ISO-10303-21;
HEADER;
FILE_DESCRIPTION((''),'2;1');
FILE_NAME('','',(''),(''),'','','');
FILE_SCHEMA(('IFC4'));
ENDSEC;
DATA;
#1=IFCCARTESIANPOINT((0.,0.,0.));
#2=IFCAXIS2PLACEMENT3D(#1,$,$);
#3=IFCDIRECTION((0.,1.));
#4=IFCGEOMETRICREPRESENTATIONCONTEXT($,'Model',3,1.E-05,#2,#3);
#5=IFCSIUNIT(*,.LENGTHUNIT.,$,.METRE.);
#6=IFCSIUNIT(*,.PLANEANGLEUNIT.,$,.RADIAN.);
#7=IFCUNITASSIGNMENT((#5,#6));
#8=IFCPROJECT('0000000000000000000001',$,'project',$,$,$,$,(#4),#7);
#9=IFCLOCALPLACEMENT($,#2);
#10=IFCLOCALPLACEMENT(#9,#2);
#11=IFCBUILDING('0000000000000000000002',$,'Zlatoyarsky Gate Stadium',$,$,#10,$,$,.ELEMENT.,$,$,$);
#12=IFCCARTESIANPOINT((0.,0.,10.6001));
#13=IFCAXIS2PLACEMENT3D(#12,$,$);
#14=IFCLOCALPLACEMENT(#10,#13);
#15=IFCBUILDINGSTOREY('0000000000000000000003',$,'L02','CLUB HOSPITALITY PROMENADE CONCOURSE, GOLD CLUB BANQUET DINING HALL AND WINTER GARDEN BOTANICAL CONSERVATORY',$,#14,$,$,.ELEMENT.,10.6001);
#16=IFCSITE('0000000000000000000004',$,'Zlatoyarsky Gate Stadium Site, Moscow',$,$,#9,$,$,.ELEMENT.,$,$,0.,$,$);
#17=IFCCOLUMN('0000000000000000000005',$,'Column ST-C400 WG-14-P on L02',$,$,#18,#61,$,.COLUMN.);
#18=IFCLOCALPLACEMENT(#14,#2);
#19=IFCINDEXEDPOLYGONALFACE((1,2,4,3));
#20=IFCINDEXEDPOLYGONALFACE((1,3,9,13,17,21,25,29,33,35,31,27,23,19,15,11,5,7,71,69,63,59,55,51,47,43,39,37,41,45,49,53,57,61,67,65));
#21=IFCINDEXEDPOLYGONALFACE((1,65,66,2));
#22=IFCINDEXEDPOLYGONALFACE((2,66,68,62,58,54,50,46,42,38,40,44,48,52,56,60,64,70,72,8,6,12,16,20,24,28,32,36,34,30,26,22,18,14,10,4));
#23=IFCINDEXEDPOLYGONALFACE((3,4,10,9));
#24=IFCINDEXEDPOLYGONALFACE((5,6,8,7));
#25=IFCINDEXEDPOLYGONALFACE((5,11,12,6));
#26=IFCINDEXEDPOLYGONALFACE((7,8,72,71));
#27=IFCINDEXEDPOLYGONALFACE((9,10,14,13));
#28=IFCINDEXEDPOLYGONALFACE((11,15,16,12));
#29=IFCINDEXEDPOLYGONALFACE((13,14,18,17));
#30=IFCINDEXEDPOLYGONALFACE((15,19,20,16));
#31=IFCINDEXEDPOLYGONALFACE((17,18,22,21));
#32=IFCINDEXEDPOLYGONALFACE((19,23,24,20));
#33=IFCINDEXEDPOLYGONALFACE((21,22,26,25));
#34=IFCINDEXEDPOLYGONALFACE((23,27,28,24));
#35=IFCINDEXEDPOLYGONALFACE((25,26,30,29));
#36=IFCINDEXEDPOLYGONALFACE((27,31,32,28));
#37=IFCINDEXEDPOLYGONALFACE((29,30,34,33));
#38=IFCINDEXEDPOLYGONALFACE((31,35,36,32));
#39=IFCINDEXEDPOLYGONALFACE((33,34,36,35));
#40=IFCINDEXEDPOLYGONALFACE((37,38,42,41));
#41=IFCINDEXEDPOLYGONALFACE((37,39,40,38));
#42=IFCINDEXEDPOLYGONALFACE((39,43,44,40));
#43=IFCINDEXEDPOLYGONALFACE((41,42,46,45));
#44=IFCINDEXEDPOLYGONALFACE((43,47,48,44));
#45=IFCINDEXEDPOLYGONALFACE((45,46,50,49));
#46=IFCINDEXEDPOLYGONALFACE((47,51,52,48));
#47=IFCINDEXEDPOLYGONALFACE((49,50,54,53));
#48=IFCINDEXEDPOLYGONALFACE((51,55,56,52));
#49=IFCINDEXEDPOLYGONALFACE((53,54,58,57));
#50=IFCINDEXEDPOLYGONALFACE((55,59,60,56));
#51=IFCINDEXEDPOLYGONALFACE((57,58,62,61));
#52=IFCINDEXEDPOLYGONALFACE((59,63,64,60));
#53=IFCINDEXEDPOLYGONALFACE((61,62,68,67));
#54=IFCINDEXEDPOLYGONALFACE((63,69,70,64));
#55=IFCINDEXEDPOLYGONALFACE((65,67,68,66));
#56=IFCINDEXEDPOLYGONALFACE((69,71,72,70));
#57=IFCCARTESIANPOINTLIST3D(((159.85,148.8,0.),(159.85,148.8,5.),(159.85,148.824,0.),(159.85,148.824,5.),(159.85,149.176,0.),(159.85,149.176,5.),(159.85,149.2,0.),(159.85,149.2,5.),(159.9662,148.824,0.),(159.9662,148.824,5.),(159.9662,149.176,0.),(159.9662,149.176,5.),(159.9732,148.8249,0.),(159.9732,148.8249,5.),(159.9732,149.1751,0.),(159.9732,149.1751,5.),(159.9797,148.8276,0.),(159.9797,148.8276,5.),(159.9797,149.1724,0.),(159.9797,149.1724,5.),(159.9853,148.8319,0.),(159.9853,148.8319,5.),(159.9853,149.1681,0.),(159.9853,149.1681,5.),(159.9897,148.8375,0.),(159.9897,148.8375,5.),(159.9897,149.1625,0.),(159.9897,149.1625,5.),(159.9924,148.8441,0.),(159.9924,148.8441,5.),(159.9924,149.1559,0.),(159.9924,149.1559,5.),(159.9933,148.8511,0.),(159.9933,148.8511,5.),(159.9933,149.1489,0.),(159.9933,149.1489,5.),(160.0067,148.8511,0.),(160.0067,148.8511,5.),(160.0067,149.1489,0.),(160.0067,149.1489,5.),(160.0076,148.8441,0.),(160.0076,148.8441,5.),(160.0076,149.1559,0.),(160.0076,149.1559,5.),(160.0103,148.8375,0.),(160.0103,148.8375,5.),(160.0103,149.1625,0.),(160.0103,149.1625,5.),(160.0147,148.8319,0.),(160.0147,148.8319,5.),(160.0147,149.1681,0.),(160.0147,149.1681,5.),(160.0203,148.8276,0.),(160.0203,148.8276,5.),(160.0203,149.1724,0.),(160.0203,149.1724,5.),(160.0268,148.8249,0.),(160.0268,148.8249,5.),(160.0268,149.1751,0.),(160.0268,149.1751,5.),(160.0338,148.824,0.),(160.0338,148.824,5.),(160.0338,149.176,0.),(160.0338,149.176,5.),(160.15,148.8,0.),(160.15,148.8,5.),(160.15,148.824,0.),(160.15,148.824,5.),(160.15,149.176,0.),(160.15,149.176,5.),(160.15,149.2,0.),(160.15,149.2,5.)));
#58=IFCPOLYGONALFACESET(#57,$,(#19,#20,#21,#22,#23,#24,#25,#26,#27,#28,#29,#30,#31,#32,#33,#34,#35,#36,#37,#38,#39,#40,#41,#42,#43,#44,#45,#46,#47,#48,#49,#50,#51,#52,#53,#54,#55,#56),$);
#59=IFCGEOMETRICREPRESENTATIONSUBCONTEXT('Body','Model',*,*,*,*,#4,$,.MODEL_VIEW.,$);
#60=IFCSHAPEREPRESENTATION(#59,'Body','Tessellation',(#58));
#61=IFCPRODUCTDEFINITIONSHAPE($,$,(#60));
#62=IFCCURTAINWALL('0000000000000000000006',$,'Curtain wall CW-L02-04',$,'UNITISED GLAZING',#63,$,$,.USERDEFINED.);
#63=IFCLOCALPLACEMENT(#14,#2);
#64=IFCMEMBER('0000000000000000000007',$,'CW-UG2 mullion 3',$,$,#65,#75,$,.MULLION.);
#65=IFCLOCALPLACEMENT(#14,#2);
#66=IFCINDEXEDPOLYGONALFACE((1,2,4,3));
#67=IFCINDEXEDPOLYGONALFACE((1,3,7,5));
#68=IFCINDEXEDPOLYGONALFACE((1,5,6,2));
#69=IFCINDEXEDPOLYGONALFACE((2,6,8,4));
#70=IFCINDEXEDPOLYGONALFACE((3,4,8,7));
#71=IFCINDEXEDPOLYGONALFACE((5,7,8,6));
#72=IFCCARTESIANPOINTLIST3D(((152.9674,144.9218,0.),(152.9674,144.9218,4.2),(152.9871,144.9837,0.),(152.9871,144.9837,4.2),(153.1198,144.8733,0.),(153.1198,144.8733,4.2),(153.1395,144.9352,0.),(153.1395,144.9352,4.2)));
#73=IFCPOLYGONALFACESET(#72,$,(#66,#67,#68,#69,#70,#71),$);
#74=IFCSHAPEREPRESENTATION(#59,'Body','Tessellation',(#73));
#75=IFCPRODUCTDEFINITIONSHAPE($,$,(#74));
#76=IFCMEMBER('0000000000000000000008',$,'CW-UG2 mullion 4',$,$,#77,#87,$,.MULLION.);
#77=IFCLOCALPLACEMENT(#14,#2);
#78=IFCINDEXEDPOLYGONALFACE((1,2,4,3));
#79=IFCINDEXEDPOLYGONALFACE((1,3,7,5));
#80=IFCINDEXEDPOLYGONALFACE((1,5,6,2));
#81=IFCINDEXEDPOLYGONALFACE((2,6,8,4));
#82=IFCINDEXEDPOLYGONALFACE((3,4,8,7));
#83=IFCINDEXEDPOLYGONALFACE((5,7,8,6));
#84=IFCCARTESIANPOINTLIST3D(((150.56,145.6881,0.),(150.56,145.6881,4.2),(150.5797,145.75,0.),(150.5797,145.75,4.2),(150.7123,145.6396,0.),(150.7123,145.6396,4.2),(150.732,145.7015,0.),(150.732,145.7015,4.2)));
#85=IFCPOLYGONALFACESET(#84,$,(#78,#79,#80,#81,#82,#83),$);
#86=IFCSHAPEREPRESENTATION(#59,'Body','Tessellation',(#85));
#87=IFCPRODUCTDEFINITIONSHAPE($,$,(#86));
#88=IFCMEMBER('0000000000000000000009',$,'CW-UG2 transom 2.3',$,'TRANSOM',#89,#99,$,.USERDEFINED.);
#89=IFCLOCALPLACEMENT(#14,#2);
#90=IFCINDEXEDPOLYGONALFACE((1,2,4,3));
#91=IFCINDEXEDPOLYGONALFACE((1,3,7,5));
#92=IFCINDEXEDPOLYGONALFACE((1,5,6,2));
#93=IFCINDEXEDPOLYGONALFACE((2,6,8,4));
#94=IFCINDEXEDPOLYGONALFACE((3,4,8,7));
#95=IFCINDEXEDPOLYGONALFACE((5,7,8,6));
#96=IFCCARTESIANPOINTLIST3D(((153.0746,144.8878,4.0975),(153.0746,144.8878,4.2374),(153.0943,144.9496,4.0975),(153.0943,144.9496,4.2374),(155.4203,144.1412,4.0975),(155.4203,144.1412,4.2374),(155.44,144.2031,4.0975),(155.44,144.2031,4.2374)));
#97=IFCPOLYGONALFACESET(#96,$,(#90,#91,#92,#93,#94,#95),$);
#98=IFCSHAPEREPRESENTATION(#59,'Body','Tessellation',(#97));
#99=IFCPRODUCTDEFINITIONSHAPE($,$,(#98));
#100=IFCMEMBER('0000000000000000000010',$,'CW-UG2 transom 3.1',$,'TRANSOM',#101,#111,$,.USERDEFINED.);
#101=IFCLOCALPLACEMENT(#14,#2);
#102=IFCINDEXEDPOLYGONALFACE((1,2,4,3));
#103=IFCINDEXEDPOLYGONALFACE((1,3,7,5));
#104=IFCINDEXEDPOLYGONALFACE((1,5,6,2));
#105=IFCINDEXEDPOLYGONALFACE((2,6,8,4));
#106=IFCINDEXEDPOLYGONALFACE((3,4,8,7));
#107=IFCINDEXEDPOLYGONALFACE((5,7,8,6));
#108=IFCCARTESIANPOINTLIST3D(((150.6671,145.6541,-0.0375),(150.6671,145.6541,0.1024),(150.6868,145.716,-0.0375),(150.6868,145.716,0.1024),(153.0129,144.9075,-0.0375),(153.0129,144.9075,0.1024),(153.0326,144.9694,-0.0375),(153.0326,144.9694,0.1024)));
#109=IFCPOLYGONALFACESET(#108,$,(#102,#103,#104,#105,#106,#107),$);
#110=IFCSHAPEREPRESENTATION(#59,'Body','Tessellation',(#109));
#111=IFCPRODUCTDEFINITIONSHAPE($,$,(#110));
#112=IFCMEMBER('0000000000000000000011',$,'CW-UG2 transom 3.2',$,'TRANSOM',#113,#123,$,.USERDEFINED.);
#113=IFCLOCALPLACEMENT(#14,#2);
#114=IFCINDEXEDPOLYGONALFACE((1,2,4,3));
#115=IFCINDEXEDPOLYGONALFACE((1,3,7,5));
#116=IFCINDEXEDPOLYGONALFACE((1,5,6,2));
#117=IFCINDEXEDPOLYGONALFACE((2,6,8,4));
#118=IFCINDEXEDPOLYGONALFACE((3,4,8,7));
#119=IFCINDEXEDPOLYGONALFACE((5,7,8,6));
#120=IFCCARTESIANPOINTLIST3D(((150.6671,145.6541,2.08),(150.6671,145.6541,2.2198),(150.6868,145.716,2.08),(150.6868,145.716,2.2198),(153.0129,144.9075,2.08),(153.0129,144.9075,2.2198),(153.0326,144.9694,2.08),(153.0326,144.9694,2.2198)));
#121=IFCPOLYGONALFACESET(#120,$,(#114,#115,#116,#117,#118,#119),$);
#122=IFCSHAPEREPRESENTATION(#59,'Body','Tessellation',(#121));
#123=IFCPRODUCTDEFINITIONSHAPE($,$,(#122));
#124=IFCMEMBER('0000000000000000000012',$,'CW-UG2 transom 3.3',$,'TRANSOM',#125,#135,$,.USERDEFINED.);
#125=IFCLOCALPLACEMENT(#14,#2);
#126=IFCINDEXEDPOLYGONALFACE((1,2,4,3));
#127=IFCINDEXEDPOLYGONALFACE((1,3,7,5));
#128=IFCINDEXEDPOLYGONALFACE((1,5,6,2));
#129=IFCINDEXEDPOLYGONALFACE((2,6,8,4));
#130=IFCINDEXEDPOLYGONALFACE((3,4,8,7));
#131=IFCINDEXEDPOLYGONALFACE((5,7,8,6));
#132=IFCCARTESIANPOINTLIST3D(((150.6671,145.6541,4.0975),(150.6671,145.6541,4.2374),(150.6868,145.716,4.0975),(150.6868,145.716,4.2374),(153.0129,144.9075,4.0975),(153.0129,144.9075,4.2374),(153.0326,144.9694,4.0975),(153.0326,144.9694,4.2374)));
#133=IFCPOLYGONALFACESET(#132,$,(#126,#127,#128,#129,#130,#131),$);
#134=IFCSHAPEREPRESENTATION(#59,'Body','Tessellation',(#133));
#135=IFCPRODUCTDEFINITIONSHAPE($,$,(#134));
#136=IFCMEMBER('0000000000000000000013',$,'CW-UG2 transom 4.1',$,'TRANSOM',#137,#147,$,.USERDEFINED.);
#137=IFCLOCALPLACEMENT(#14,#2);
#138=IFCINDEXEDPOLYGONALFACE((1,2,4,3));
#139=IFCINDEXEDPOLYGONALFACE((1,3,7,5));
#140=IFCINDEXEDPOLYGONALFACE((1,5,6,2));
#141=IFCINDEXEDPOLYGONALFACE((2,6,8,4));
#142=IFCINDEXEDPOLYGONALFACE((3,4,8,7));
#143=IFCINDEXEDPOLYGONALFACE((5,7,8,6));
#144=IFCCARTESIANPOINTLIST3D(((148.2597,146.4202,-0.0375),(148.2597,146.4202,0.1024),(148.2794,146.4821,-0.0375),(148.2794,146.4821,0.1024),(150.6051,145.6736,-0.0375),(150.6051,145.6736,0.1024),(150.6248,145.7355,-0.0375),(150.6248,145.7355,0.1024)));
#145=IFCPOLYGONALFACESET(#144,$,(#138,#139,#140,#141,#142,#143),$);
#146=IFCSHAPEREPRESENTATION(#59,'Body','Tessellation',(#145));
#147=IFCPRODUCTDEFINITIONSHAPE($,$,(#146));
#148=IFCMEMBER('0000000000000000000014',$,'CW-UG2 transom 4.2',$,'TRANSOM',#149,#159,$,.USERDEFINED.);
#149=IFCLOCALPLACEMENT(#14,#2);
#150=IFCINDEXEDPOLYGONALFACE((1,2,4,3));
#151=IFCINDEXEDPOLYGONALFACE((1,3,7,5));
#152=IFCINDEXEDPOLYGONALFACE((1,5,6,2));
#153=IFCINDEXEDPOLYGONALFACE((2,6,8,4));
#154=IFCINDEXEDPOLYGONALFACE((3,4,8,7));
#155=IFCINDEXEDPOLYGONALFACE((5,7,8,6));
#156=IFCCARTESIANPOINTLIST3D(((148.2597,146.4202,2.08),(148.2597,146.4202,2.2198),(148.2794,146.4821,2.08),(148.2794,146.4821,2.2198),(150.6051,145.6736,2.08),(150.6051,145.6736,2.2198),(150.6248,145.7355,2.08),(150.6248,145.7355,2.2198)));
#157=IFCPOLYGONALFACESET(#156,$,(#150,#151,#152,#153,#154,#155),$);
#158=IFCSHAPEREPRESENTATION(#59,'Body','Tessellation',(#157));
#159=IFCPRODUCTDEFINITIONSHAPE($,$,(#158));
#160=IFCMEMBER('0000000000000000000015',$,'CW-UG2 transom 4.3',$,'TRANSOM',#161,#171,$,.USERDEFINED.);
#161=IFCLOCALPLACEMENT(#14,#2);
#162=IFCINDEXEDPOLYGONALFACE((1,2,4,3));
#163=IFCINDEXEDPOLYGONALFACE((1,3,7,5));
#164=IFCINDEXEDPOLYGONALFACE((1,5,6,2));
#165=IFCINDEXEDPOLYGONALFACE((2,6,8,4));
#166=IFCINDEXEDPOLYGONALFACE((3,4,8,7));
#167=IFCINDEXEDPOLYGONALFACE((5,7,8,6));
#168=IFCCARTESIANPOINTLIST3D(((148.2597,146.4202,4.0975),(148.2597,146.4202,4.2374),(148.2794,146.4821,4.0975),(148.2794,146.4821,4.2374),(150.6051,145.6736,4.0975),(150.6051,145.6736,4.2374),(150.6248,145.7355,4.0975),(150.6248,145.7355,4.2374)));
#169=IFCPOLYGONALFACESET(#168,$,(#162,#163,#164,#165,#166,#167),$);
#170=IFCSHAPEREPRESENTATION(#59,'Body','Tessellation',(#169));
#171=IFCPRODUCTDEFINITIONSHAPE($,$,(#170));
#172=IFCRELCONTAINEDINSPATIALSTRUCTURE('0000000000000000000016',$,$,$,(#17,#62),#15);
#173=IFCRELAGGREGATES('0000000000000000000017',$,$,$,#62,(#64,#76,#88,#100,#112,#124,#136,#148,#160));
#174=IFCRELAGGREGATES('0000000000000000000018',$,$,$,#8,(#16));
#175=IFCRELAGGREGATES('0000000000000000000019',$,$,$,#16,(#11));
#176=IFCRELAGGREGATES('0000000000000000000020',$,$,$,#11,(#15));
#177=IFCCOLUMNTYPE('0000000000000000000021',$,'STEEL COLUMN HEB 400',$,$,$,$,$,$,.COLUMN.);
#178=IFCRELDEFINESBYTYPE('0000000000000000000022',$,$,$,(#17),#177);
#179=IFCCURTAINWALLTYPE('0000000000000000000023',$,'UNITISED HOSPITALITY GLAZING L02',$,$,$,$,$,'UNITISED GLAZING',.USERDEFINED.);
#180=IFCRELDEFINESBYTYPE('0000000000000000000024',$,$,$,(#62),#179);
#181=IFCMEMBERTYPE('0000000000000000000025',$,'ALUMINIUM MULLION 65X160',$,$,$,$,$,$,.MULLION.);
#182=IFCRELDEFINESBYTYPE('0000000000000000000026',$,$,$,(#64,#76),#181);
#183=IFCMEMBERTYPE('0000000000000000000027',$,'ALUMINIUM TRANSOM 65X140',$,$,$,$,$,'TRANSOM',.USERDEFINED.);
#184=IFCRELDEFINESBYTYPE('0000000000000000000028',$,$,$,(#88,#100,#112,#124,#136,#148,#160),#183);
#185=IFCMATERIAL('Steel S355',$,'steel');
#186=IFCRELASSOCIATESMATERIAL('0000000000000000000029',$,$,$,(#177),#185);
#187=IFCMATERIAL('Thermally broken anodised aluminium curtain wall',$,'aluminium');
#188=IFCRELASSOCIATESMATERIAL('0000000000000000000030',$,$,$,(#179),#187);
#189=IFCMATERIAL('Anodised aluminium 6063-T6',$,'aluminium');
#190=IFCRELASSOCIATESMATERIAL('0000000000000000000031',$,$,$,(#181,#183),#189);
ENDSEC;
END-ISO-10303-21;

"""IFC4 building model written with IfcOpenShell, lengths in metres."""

from ifc_helpers import new_model, si_unit, direction, frame, origin, origin_2d, place, context, subcontext, project, spatial, rectangle, i_section, extrude, material, material_profile, profile_set, type_object, element, aggregate, save


model = new_model("IFC4")

# Units and contexts
model_context = context("Model", 3, precision=1e-05, world=origin(), true_north=direction((0.0, 1.0)))
body_context = subcontext(model_context, "Body", "Model", "MODEL_VIEW")
ifc_project = project(units=[si_unit("LENGTHUNIT", "METRE"), si_unit("PLANEANGLEUNIT", "RADIAN")], contexts=[model_context])

# Site, building, storey
site_placement = place(None, origin())
site = spatial("IfcSite", under=ifc_project, at=site_placement, Name="Zlatoyarsky Gate Stadium Site, Moscow", CompositionType="ELEMENT", RefElevation=0.0)
building_placement = place(site_placement, origin())
building = spatial("IfcBuilding", under=site, at=building_placement, Name="Zlatoyarsky Gate Stadium", CompositionType="ELEMENT")
storey_placement = place(building_placement, frame((0.0, 0.0, 10.6001)))
storey = spatial("IfcBuildingStorey", under=building, at=storey_placement, Name="L02", Description="CLUB HOSPITALITY PROMENADE CONCOURSE, GOLD CLUB BANQUET DINING HALL AND WINTER GARDEN BOTANICAL CONSERVATORY", CompositionType="ELEMENT", Elevation=10.6001)

# Column
ifc_material_1 = material(Name="Steel S355", Category="steel")
ifc_material_profile_1 = material_profile(ifc_material_1, i_section(OverallWidth=0.3, OverallDepth=0.3999, WebThickness=0.0134, FlangeThickness=0.0239, FilletRadius=0.0271, at=origin_2d()), Name="HEB 400")
ifc_profile_set_1 = profile_set([ifc_material_profile_1], Name="Steel S355")
column_type = type_object("IfcColumnType", Name="STEEL COLUMN HEB 400", PredefinedType="COLUMN", material=ifc_profile_set_1)
column_placement = place(storey_placement, frame((160.0, 149.0, 0.0), z_axis=(0.0, 0.0, 1.0), x_axis=(1.0, 0.0, 0.0)))
element("IfcColumn", 1, at=column_placement, inside=storey, type_object=column_type, Name="Column ST-C400 WG-14-P on L02", PredefinedType="COLUMN", context=body_context, shape_type="SweptSolid", body=[
    extrude(i_section(OverallWidth=0.3, OverallDepth=0.3999, WebThickness=0.0134, FlangeThickness=0.0239, FilletRadius=0.0271, at=origin_2d()), origin(), (0.0, 0.0, 1.0), 5.0),
])

# Curtain wall, members
ifc_material_2 = material(Name="Thermally broken anodised aluminium curtain wall", Category="aluminium")
curtain_wall_type = type_object("IfcCurtainWallType", Name="UNITISED HOSPITALITY GLAZING L02", ElementType="UNITISED GLAZING", PredefinedType="USERDEFINED", material=ifc_material_2)
curtain_wall_placement = place(storey_placement, origin())
curtain_wall = element("IfcCurtainWall", 2, at=curtain_wall_placement, inside=storey, type_object=curtain_wall_type, Name="Curtain wall CW-L02-04", ObjectType="UNITISED GLAZING", PredefinedType="USERDEFINED")
ifc_material_3 = material(Name="Anodised aluminium 6063-T6", Category="aluminium")
ifc_material_profile_2 = material_profile(ifc_material_3, rectangle(XDim=0.0649, YDim=0.1599, at=origin_2d()), Name="ALU 65X160")
ifc_profile_set_2 = profile_set([ifc_material_profile_2], Name="Anodised aluminium 6063-T6")
member_type_1 = type_object("IfcMemberType", Name="ALUMINIUM MULLION 65X160", PredefinedType="MULLION", material=ifc_profile_set_2)
member_1_placement = place(storey_placement, frame((153.0535, 144.9285, 0.0), z_axis=(0.0, 0.0, 1.0), x_axis=(-0.303278, -0.952902, 0.0)))
member_1 = element("IfcMember", 3, at=member_1_placement, type_object=member_type_1, Name="CW-UG2 mullion 3", PredefinedType="MULLION", context=body_context, shape_type="SweptSolid", body=[
    extrude(rectangle(XDim=0.0649, YDim=0.1599, at=origin_2d()), origin(), (0.0, 0.0, 1.0), 4.2),
])
member_2_placement = place(storey_placement, frame((150.646, 145.6948, 0.0), z_axis=(0.0, 0.0, 1.0), x_axis=(-0.303278, -0.952902, 0.0)))
member_2 = element("IfcMember", 4, at=member_2_placement, type_object=member_type_1, Name="CW-UG2 mullion 4", PredefinedType="MULLION", context=body_context, shape_type="SweptSolid", body=[
    extrude(rectangle(XDim=0.0649, YDim=0.1599, at=origin_2d()), origin(), (0.0, 0.0, 1.0), 4.2),
])
ifc_material_profile_3 = material_profile(ifc_material_3, rectangle(XDim=0.0649, YDim=0.1399, at=origin_2d()), Name="ALU 65X140")
ifc_profile_set_3 = profile_set([ifc_material_profile_3], Name="Anodised aluminium 6063-T6")
member_type_2 = type_object("IfcMemberType", Name="ALUMINIUM TRANSOM 65X140", ElementType="TRANSOM", PredefinedType="USERDEFINED", material=ifc_profile_set_3)
member_3_placement = place(storey_placement, frame((155.4302, 144.1721, 4.1675), z_axis=(-0.9529, 0.303286, 0.0), x_axis=(-0.303286, -0.9529, 0.0)))
member_3 = element("IfcMember", 5, at=member_3_placement, type_object=member_type_2, Name="CW-UG2 transom 2.3", ObjectType="TRANSOM", PredefinedType="USERDEFINED", context=body_context, shape_type="SweptSolid", body=[
    extrude(rectangle(XDim=0.0649, YDim=0.1399, at=origin_2d()), origin(), (0.0, 0.0, 1.0), 2.4617),
])
member_4_placement = place(storey_placement, frame((153.0227, 144.9385, 0.0325), z_axis=(-0.9529, 0.303286, 0.0), x_axis=(-0.303286, -0.9529, 0.0)))
member_4 = element("IfcMember", 6, at=member_4_placement, type_object=member_type_2, Name="CW-UG2 transom 3.1", ObjectType="TRANSOM", PredefinedType="USERDEFINED", context=body_context, shape_type="SweptSolid", body=[
    extrude(rectangle(XDim=0.0649, YDim=0.1399, at=origin_2d()), origin(), (0.0, 0.0, 1.0), 2.4617),
])
member_5_placement = place(storey_placement, frame((153.0227, 144.9385, 2.1499), z_axis=(-0.9529, 0.303286, 0.0), x_axis=(-0.303286, -0.9529, 0.0)))
member_5 = element("IfcMember", 7, at=member_5_placement, type_object=member_type_2, Name="CW-UG2 transom 3.2", ObjectType="TRANSOM", PredefinedType="USERDEFINED", context=body_context, shape_type="SweptSolid", body=[
    extrude(rectangle(XDim=0.0649, YDim=0.1399, at=origin_2d()), origin(), (0.0, 0.0, 1.0), 2.4617),
])
member_6_placement = place(storey_placement, frame((153.0227, 144.9385, 4.1675), z_axis=(-0.9529, 0.303286, 0.0), x_axis=(-0.303286, -0.9529, 0.0)))
member_6 = element("IfcMember", 8, at=member_6_placement, type_object=member_type_2, Name="CW-UG2 transom 3.3", ObjectType="TRANSOM", PredefinedType="USERDEFINED", context=body_context, shape_type="SweptSolid", body=[
    extrude(rectangle(XDim=0.0649, YDim=0.1399, at=origin_2d()), origin(), (0.0, 0.0, 1.0), 2.4617),
])
member_7_placement = place(storey_placement, frame((150.615, 145.7046, 0.0325), z_axis=(-0.952891, 0.303314, 0.0), x_axis=(-0.303314, -0.952891, 0.0)))
member_7 = element("IfcMember", 9, at=member_7_placement, type_object=member_type_2, Name="CW-UG2 transom 4.1", ObjectType="TRANSOM", PredefinedType="USERDEFINED", context=body_context, shape_type="SweptSolid", body=[
    extrude(rectangle(XDim=0.0649, YDim=0.1399, at=origin_2d()), origin(), (0.0, 0.0, 1.0), 2.4614),
])
member_8_placement = place(storey_placement, frame((150.615, 145.7046, 2.1499), z_axis=(-0.952891, 0.303314, 0.0), x_axis=(-0.303314, -0.952891, 0.0)))
member_8 = element("IfcMember", 10, at=member_8_placement, type_object=member_type_2, Name="CW-UG2 transom 4.2", ObjectType="TRANSOM", PredefinedType="USERDEFINED", context=body_context, shape_type="SweptSolid", body=[
    extrude(rectangle(XDim=0.0649, YDim=0.1399, at=origin_2d()), origin(), (0.0, 0.0, 1.0), 2.4614),
])
member_9_placement = place(storey_placement, frame((150.615, 145.7046, 4.1675), z_axis=(-0.952891, 0.303314, 0.0), x_axis=(-0.303314, -0.952891, 0.0)))
member_9 = element("IfcMember", 11, at=member_9_placement, type_object=member_type_2, Name="CW-UG2 transom 4.3", ObjectType="TRANSOM", PredefinedType="USERDEFINED", context=body_context, shape_type="SweptSolid", body=[
    extrude(rectangle(XDim=0.0649, YDim=0.1399, at=origin_2d()), origin(), (0.0, 0.0, 1.0), 2.4614),
])

aggregate(curtain_wall, [member_1, member_2, member_3, member_4, member_5, member_6, member_7, member_8, member_9])

save(model, "model.ifc")
